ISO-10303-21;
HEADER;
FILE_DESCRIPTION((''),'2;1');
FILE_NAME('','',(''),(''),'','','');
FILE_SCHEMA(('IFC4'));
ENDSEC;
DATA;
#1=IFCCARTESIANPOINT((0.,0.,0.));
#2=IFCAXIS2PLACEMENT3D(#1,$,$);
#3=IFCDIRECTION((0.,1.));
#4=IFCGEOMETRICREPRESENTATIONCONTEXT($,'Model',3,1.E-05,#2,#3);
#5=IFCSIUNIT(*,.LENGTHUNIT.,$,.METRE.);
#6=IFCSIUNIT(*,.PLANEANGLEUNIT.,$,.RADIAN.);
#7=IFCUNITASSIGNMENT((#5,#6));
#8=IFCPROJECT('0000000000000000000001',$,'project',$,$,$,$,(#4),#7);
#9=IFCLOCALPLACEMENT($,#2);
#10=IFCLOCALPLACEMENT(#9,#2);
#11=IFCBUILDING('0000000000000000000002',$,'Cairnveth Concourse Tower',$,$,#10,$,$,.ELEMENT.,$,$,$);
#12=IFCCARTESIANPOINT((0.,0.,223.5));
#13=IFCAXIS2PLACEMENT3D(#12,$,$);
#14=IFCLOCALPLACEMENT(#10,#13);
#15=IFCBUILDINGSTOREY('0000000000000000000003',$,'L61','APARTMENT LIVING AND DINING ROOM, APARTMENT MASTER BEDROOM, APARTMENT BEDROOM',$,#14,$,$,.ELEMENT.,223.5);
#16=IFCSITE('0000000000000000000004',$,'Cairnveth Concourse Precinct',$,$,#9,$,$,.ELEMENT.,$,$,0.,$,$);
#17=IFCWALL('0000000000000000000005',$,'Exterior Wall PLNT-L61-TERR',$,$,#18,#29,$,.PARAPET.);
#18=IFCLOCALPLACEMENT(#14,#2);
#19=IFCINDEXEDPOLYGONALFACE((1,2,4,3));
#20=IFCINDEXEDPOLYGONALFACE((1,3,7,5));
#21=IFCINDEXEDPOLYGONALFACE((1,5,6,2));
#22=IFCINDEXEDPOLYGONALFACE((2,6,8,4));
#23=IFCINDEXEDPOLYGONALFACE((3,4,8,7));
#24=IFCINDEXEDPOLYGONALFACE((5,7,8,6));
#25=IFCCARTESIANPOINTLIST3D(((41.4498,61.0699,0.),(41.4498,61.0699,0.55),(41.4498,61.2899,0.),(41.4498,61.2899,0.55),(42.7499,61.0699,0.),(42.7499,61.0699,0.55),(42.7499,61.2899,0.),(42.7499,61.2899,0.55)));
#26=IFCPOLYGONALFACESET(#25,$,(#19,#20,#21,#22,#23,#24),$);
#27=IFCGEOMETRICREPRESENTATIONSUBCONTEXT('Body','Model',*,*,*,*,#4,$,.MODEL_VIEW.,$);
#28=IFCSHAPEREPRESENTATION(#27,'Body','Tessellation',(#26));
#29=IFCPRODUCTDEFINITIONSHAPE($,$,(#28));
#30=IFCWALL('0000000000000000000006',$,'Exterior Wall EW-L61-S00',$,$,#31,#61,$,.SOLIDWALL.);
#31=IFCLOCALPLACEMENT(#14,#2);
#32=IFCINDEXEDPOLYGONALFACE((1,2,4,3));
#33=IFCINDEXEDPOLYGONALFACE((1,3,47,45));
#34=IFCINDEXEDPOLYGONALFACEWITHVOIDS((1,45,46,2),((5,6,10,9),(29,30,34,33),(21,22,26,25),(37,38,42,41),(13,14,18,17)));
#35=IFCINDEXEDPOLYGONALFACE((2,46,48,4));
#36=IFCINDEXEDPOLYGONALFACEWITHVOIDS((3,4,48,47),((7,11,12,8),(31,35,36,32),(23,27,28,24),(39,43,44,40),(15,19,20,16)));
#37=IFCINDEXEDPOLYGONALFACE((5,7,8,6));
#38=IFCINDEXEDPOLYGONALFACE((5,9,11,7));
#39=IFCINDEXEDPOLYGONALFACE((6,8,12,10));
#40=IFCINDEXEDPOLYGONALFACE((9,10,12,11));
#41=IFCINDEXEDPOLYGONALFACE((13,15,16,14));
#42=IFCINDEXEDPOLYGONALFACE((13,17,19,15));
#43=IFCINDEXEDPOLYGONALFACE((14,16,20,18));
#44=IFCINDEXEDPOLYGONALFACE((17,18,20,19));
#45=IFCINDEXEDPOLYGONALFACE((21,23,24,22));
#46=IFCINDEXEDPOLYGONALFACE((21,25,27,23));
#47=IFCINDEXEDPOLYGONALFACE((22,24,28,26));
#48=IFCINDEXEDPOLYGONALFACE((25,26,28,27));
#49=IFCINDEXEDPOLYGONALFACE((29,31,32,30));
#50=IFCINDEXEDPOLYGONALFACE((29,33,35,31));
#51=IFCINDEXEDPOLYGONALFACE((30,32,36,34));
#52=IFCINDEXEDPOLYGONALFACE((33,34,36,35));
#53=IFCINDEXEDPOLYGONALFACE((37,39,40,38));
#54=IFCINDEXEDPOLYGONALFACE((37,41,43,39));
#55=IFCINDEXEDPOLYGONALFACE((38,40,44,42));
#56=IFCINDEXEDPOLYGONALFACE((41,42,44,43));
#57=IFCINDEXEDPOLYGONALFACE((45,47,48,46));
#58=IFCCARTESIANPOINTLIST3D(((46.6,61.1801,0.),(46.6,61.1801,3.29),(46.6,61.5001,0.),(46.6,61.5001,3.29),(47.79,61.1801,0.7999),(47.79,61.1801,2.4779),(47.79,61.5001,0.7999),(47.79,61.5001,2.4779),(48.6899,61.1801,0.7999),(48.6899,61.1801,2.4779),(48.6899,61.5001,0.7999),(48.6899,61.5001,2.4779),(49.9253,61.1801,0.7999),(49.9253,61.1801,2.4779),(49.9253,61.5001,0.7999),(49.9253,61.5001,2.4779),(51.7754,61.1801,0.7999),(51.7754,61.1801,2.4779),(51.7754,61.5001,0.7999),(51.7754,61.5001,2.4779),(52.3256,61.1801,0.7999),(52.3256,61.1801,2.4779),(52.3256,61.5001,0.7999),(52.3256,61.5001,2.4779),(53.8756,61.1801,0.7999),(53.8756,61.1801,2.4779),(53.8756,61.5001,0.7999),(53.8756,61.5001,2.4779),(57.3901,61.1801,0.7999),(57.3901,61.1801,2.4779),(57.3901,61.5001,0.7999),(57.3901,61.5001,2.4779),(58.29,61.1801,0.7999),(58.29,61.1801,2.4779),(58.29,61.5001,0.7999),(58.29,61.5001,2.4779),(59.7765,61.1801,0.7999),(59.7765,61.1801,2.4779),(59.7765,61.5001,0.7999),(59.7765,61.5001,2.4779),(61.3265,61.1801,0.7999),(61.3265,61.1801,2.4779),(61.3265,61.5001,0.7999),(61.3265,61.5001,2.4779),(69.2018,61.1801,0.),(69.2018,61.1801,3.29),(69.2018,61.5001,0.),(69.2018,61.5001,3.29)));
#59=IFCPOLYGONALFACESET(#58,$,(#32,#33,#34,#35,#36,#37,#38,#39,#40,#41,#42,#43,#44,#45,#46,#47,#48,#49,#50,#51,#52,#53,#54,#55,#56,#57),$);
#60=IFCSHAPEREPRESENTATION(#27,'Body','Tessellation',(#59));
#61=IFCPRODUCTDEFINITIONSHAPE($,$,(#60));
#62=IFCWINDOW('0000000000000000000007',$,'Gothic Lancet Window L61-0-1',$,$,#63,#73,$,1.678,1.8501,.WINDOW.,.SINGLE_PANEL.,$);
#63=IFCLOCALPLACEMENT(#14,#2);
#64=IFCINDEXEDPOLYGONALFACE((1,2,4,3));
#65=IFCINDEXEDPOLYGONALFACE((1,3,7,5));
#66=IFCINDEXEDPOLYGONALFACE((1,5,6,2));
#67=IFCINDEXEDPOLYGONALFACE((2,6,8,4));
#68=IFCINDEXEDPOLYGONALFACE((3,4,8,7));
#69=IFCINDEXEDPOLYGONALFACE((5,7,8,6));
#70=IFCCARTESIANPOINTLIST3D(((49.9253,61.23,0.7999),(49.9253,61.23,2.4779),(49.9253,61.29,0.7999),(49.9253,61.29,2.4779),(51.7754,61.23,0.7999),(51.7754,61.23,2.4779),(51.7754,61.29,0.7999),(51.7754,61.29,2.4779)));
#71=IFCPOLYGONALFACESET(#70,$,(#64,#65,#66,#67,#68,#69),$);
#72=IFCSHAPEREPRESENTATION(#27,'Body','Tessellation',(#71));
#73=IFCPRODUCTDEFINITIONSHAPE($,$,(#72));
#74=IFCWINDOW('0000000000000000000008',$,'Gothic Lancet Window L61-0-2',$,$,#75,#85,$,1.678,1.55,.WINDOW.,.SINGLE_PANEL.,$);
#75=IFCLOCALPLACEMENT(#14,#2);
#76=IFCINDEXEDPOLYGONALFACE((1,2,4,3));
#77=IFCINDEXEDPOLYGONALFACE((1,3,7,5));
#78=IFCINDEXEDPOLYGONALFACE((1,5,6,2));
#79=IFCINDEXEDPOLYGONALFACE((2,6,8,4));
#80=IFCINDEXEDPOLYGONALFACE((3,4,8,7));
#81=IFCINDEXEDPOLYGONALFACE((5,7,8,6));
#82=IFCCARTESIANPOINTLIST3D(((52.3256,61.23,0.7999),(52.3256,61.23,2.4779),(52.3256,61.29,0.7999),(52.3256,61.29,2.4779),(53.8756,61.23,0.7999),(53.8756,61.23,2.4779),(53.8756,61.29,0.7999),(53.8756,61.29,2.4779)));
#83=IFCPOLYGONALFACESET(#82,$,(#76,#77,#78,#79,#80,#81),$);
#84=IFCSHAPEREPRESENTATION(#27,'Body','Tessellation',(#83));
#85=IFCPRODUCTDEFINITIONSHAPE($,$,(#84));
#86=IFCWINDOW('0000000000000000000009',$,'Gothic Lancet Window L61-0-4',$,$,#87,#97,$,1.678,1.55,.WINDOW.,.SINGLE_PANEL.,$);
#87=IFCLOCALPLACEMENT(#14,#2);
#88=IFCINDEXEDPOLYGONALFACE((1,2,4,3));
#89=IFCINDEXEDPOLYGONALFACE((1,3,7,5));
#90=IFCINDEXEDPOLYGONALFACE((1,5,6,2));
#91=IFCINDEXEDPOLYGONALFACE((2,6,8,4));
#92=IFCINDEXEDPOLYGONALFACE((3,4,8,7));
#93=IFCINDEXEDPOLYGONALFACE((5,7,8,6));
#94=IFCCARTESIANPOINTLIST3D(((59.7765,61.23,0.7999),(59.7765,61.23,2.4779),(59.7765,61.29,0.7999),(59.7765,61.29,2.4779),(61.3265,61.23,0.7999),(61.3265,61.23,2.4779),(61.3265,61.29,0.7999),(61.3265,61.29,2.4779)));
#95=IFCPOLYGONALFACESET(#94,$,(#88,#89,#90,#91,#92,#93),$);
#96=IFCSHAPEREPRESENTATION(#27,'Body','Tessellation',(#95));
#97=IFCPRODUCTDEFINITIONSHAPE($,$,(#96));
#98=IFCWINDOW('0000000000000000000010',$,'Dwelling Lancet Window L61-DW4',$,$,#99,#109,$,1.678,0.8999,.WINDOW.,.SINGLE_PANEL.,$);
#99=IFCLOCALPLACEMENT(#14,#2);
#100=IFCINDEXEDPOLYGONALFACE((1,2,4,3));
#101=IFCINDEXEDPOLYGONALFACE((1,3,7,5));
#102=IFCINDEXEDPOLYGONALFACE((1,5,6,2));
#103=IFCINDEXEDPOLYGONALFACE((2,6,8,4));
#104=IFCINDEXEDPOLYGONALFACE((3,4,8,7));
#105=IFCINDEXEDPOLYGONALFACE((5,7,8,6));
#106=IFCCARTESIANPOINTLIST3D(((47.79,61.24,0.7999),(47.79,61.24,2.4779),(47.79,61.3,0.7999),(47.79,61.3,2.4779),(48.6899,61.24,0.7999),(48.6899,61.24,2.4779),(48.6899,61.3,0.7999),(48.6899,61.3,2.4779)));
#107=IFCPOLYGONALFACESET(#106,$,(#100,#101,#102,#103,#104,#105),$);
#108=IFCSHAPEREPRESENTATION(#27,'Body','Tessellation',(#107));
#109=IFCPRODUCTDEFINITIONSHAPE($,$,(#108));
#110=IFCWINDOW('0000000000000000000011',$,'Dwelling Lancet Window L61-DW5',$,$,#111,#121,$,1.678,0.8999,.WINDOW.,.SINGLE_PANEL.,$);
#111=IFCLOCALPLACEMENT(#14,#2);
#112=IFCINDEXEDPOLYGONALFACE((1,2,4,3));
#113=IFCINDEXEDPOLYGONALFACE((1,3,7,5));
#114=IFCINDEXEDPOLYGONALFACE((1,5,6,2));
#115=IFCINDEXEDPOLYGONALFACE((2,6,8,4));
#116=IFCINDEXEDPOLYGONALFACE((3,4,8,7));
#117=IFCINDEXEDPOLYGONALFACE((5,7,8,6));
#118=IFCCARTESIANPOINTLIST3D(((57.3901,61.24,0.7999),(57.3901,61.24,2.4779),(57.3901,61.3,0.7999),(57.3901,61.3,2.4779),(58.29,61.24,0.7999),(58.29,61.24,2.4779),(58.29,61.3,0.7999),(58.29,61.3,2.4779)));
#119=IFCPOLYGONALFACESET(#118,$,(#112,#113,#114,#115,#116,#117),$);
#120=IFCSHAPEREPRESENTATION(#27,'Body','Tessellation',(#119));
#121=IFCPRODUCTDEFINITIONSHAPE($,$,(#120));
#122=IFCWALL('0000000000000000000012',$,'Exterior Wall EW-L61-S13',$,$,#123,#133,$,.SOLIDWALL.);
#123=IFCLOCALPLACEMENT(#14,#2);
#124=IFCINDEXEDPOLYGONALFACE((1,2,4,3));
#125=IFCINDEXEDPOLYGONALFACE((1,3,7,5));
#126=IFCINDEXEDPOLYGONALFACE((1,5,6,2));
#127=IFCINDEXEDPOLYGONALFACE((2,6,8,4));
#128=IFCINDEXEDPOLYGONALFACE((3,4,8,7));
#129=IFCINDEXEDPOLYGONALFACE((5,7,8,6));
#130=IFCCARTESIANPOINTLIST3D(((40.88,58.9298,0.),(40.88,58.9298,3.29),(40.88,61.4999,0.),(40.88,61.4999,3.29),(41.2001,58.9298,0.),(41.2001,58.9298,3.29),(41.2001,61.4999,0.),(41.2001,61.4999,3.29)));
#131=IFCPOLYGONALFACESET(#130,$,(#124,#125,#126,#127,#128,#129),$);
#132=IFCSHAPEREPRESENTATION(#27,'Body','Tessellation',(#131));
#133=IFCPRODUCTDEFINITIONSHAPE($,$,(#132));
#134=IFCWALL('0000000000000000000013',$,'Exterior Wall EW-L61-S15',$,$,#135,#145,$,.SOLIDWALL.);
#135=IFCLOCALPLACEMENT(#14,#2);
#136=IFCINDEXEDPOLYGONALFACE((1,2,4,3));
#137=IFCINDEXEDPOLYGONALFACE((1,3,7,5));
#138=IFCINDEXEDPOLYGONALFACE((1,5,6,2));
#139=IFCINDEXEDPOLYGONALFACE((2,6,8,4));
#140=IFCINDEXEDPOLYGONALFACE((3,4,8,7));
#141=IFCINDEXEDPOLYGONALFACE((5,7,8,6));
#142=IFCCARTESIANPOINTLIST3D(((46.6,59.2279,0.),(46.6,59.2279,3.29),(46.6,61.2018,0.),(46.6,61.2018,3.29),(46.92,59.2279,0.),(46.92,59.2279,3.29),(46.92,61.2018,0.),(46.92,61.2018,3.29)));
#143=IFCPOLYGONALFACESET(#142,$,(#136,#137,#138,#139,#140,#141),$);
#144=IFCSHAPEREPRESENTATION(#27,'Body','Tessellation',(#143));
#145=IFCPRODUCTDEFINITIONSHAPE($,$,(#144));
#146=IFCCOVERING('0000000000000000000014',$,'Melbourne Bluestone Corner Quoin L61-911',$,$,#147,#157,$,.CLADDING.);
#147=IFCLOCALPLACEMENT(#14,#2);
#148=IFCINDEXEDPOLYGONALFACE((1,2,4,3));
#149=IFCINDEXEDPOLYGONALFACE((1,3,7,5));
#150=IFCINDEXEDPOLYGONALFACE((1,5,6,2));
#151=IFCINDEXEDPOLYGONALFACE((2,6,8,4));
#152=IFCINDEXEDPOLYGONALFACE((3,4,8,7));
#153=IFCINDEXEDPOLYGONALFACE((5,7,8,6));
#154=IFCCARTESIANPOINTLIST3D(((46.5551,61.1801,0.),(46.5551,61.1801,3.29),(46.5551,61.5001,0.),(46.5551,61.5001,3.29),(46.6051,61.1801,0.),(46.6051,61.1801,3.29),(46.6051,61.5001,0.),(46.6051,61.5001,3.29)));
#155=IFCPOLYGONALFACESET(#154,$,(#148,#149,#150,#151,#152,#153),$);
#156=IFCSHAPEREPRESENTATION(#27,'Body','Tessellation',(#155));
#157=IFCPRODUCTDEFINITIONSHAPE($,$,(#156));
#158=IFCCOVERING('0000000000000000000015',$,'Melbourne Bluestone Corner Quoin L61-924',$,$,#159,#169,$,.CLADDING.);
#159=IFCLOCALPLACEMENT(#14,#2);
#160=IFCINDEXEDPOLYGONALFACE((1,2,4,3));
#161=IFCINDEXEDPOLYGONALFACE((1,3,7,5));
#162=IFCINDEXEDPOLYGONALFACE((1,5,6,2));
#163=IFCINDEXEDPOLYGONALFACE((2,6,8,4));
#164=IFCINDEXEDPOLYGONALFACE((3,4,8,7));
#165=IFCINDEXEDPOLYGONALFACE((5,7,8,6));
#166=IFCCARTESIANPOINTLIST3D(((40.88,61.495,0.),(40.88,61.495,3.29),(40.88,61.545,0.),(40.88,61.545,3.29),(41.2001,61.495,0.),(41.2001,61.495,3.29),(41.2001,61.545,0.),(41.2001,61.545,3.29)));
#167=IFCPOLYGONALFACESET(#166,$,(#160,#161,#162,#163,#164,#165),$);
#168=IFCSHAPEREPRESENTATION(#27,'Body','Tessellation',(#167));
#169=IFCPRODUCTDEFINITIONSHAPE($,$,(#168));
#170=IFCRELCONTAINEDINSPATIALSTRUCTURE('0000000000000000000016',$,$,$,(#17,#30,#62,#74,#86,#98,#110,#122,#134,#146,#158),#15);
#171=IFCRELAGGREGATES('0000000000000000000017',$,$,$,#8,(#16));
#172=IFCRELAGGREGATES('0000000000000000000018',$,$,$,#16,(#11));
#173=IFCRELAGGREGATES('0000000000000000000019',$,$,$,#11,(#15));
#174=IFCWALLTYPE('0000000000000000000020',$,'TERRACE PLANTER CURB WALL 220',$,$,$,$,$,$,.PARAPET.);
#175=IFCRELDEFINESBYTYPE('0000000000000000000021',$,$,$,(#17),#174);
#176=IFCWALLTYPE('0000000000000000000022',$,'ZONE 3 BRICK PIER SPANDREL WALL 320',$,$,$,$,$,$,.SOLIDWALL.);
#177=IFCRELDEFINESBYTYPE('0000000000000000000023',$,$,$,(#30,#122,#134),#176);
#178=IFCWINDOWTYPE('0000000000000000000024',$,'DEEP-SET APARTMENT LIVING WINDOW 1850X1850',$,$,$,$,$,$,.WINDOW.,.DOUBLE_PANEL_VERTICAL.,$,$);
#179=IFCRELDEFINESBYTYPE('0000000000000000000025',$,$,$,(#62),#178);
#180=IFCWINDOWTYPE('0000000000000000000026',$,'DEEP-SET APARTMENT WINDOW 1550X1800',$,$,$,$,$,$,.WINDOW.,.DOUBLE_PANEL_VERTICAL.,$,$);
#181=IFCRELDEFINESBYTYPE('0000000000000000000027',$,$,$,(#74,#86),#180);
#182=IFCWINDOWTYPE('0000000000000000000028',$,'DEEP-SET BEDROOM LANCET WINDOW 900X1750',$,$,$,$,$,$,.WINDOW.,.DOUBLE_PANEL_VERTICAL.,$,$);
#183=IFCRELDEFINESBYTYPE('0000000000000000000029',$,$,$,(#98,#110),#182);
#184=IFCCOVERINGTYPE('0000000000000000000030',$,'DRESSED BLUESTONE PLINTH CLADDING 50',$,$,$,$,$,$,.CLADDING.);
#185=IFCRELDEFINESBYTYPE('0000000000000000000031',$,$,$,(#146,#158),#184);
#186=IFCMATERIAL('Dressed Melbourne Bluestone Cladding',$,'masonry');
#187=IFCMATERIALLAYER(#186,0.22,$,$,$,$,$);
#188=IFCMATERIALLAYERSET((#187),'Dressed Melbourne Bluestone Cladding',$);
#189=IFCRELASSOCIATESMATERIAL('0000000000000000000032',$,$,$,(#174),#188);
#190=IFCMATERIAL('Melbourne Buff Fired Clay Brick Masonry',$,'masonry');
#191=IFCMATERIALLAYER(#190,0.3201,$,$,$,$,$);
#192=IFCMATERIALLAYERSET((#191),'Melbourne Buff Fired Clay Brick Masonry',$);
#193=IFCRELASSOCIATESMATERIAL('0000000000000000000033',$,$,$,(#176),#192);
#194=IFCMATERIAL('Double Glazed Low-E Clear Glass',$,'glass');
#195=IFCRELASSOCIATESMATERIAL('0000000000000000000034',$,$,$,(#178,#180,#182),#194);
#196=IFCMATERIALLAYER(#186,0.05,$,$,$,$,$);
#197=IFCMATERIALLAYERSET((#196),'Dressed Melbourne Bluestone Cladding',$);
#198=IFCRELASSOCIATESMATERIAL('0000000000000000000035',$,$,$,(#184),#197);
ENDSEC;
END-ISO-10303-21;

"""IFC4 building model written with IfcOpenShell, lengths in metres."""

from ifc_helpers import new_model, si_unit, direction, frame, frame_2d, origin, place, context, subcontext, project, spatial, rectangle, extrude, material, layer, layer_set, type_object, element, fill, save


model = new_model("IFC4")

# Units and contexts
model_context = context("Model", 3, precision=1e-05, world=origin(), true_north=direction((0.0, 1.0)))
body_context = subcontext(model_context, "Body", "Model", "MODEL_VIEW")
ifc_project = project(units=[si_unit("LENGTHUNIT", "METRE"), si_unit("PLANEANGLEUNIT", "RADIAN")], contexts=[model_context])

# Site, building, storey
site_placement = place(None, origin())
site = spatial("IfcSite", under=ifc_project, at=site_placement, Name="Cairnveth Concourse Precinct", CompositionType="ELEMENT", RefElevation=0.0)
building_placement = place(site_placement, origin())
building = spatial("IfcBuilding", under=site, at=building_placement, Name="Cairnveth Concourse Tower", CompositionType="ELEMENT")
storey_placement = place(building_placement, frame((0.0, 0.0, 223.5)))
storey = spatial("IfcBuildingStorey", under=building, at=storey_placement, Name="L61", Description="APARTMENT LIVING AND DINING ROOM, APARTMENT MASTER BEDROOM, APARTMENT BEDROOM", CompositionType="ELEMENT", Elevation=223.5)

# Wall
ifc_material_1 = material(Name="Dressed Melbourne Bluestone Cladding", Category="masonry")
ifc_layer_1 = layer(ifc_material_1, 0.22)
ifc_layer_set_1 = layer_set([ifc_layer_1], Name="Dressed Melbourne Bluestone Cladding")
wall_type_1 = type_object("IfcWallType", Name="TERRACE PLANTER CURB WALL 220", PredefinedType="PARAPET", material=ifc_layer_set_1)
wall_1_placement = place(storey_placement, frame((41.45, 61.1799, 0.0), z_axis=(0.0, 0.0, 1.0), x_axis=(1.0, 0.0, 0.0)))
element("IfcWall", 1, at=wall_1_placement, inside=storey, type_object=wall_type_1, Name="Exterior Wall PLNT-L61-TERR", PredefinedType="PARAPET", context=body_context, shape_type="SweptSolid", body=[
    extrude(rectangle(XDim=1.3, YDim=0.22, at=frame_2d((0.6499, 0.0))), origin(), (0.0, 0.0, 1.0), 0.55),
])

# Wall, openings, windows
ifc_material_2 = material(Name="Melbourne Buff Fired Clay Brick Masonry", Category="masonry")
ifc_layer_2 = layer(ifc_material_2, 0.3201)
ifc_layer_set_2 = layer_set([ifc_layer_2], Name="Melbourne Buff Fired Clay Brick Masonry")
wall_type_2 = type_object("IfcWallType", Name="ZONE 3 BRICK PIER SPANDREL WALL 320", PredefinedType="SOLIDWALL", material=ifc_layer_set_2)
wall_2_placement = place(storey_placement, frame((46.6001, 61.3401, 0.0), z_axis=(0.0, 0.0, 1.0), x_axis=(1.0, 0.0, 0.0)))
wall_2 = element("IfcWall", 2, at=wall_2_placement, inside=storey, type_object=wall_type_2, Name="Exterior Wall EW-L61-S00", PredefinedType="SOLIDWALL", context=body_context, shape_type="SweptSolid", body=[
    extrude(rectangle(XDim=22.6018, YDim=0.3201, at=frame_2d((11.3008, 0.0))), origin(), (0.0, 0.0, 1.0), 3.29),
])
opening_1_placement = place(wall_2_placement, frame((3.3252, 0.0, 0.8)))
opening_1 = element("IfcOpeningElement", 3, at=opening_1_placement, cuts=wall_2, PredefinedType="OPENING", context=body_context, shape_type="SweptSolid", body=[
    extrude(rectangle(XDim=1.8501, YDim=1.678, at=frame_2d((0.925, 0.8389))), frame((0.0, 0.1699, 0.0), z_axis=(0.0, -1.0, 0.0), x_axis=(1.0, 0.0, 0.0)), (0.0, 0.0, 1.0), 0.3401),
])
opening_2_placement = place(wall_2_placement, frame((5.7256, 0.0, 0.8)))
opening_2 = element("IfcOpeningElement", 4, at=opening_2_placement, cuts=wall_2, PredefinedType="OPENING", context=body_context, shape_type="SweptSolid", body=[
    extrude(rectangle(XDim=1.55, YDim=1.678, at=frame_2d((0.7749, 0.8389))), frame((0.0, 0.1699, 0.0), z_axis=(0.0, -1.0, 0.0), x_axis=(1.0, 0.0, 0.0)), (0.0, 0.0, 1.0), 0.3401),
])
opening_3_placement = place(wall_2_placement, frame((13.1765, 0.0, 0.8)))
opening_3 = element("IfcOpeningElement", 5, at=opening_3_placement, cuts=wall_2, PredefinedType="OPENING", context=body_context, shape_type="SweptSolid", body=[
    extrude(rectangle(XDim=1.55, YDim=1.678, at=frame_2d((0.7749, 0.8389))), frame((0.0, 0.1699, 0.0), z_axis=(0.0, -1.0, 0.0), x_axis=(1.0, 0.0, 0.0)), (0.0, 0.0, 1.0), 0.3401),
])
opening_4_placement = place(wall_2_placement, frame((1.1899, 0.0, 0.8)))
opening_4 = element("IfcOpeningElement", 6, at=opening_4_placement, cuts=wall_2, PredefinedType="OPENING", context=body_context, shape_type="SweptSolid", body=[
    extrude(rectangle(XDim=0.8999, YDim=1.678, at=frame_2d((0.45, 0.8389))), frame((0.0, 0.1699, 0.0), z_axis=(0.0, -1.0, 0.0), x_axis=(1.0, 0.0, 0.0)), (0.0, 0.0, 1.0), 0.3401),
])
opening_5_placement = place(wall_2_placement, frame((10.79, 0.0, 0.8)))
opening_5 = element("IfcOpeningElement", 7, at=opening_5_placement, cuts=wall_2, PredefinedType="OPENING", context=body_context, shape_type="SweptSolid", body=[
    extrude(rectangle(XDim=0.8999, YDim=1.678, at=frame_2d((0.45, 0.8389))), frame((0.0, 0.1699, 0.0), z_axis=(0.0, -1.0, 0.0), x_axis=(1.0, 0.0, 0.0)), (0.0, 0.0, 1.0), 0.3401),
])
ifc_material_3 = material(Name="Double Glazed Low-E Clear Glass", Category="glass")
window_type_1 = type_object("IfcWindowType", Name="DEEP-SET APARTMENT LIVING WINDOW 1850X1850", PartitioningType="DOUBLE_PANEL_VERTICAL", PredefinedType="WINDOW", material=ifc_material_3)
window_1_placement = place(opening_1_placement, origin())
window_1 = element("IfcWindow", 8, at=window_1_placement, inside=storey, type_object=window_type_1, Name="Gothic Lancet Window L61-0-1", OverallHeight=1.678, OverallWidth=1.8501, PartitioningType="SINGLE_PANEL", PredefinedType="WINDOW", context=body_context, shape_type="SweptSolid", body=[
    extrude(rectangle(XDim=1.8501, YDim=1.678, at=frame_2d((0.925, 0.8389))), frame((0.0, -0.05, 0.0), z_axis=(0.0, -1.0, 0.0), x_axis=(1.0, 0.0, 0.0)), (0.0, 0.0, 1.0), 0.0601),
])
fill(opening_1, window_1)
window_type_2 = type_object("IfcWindowType", Name="DEEP-SET APARTMENT WINDOW 1550X1800", PartitioningType="DOUBLE_PANEL_VERTICAL", PredefinedType="WINDOW", material=ifc_material_3)
window_2_placement = place(opening_2_placement, origin())
window_2 = element("IfcWindow", 9, at=window_2_placement, inside=storey, type_object=window_type_2, Name="Gothic Lancet Window L61-0-2", OverallHeight=1.678, OverallWidth=1.55, PartitioningType="SINGLE_PANEL", PredefinedType="WINDOW", context=body_context, shape_type="SweptSolid", body=[
    extrude(rectangle(XDim=1.55, YDim=1.678, at=frame_2d((0.7749, 0.8389))), frame((0.0, -0.05, 0.0), z_axis=(0.0, -1.0, 0.0), x_axis=(1.0, 0.0, 0.0)), (0.0, 0.0, 1.0), 0.0601),
])
fill(opening_2, window_2)
window_3_placement = place(opening_3_placement, origin())
window_3 = element("IfcWindow", 10, at=window_3_placement, inside=storey, type_object=window_type_2, Name="Gothic Lancet Window L61-0-4", OverallHeight=1.678, OverallWidth=1.55, PartitioningType="SINGLE_PANEL", PredefinedType="WINDOW", context=body_context, shape_type="SweptSolid", body=[
    extrude(rectangle(XDim=1.55, YDim=1.678, at=frame_2d((0.7749, 0.8389))), frame((0.0, -0.05, 0.0), z_axis=(0.0, -1.0, 0.0), x_axis=(1.0, 0.0, 0.0)), (0.0, 0.0, 1.0), 0.0601),
])
fill(opening_3, window_3)
window_type_3 = type_object("IfcWindowType", Name="DEEP-SET BEDROOM LANCET WINDOW 900X1750", PartitioningType="DOUBLE_PANEL_VERTICAL", PredefinedType="WINDOW", material=ifc_material_3)
window_4_placement = place(opening_4_placement, origin())
window_4 = element("IfcWindow", 11, at=window_4_placement, inside=storey, type_object=window_type_3, Name="Dwelling Lancet Window L61-DW4", OverallHeight=1.678, OverallWidth=0.8999, PartitioningType="SINGLE_PANEL", PredefinedType="WINDOW", context=body_context, shape_type="SweptSolid", body=[
    extrude(rectangle(XDim=0.8999, YDim=1.678, at=frame_2d((0.45, 0.8389))), frame((0.0, -0.04, 0.0), z_axis=(0.0, -1.0, 0.0), x_axis=(1.0, 0.0, 0.0)), (0.0, 0.0, 1.0), 0.0601),
])
fill(opening_4, window_4)
window_5_placement = place(opening_5_placement, origin())
window_5 = element("IfcWindow", 12, at=window_5_placement, inside=storey, type_object=window_type_3, Name="Dwelling Lancet Window L61-DW5", OverallHeight=1.678, OverallWidth=0.8999, PartitioningType="SINGLE_PANEL", PredefinedType="WINDOW", context=body_context, shape_type="SweptSolid", body=[
    extrude(rectangle(XDim=0.8999, YDim=1.678, at=frame_2d((0.45, 0.8389))), frame((0.0, -0.04, 0.0), z_axis=(0.0, -1.0, 0.0), x_axis=(1.0, 0.0, 0.0)), (0.0, 0.0, 1.0), 0.0601),
])
fill(opening_5, window_5)

# Wall
wall_3_placement = place(storey_placement, frame((41.04, 61.5, 0.0), z_axis=(0.0, 0.0, 1.0), x_axis=(0.0, -1.0, 0.0)))
element("IfcWall", 13, at=wall_3_placement, inside=storey, type_object=wall_type_2, Name="Exterior Wall EW-L61-S13", PredefinedType="SOLIDWALL", context=body_context, shape_type="SweptSolid", body=[
    extrude(rectangle(XDim=2.5701, YDim=0.3201, at=frame_2d((1.2852, 0.0))), origin(), (0.0, 0.0, 1.0), 3.29),
])

# Wall
wall_4_placement = place(storey_placement, frame((46.76, 59.228, 0.0), z_axis=(0.0, 0.0, 1.0), x_axis=(0.0, 1.0, 0.0)))
element("IfcWall", 14, at=wall_4_placement, inside=storey, type_object=wall_type_2, Name="Exterior Wall EW-L61-S15", PredefinedType="SOLIDWALL", context=body_context, shape_type="SweptSolid", body=[
    extrude(rectangle(XDim=1.9739, YDim=0.3201, at=frame_2d((0.9868, 0.0))), origin(), (0.0, 0.0, 1.0), 3.29),
])

# Coverings
ifc_layer_3 = layer(ifc_material_1, 0.05)
ifc_layer_set_3 = layer_set([ifc_layer_3], Name="Dressed Melbourne Bluestone Cladding")
covering_type = type_object("IfcCoveringType", Name="DRESSED BLUESTONE PLINTH CLADDING 50", PredefinedType="CLADDING", material=ifc_layer_set_3)
for number, where, z_axis, x_axis, name in (
    (15, (46.5801, 61.1799, 0.0), (0.0, 0.0, 1.0), (0.0, 1.0, 0.0), "Melbourne Bluestone Corner Quoin L61-911"),
    (16, (40.8799, 61.52, 0.0), (0.0, 0.0, 1.0), (1.0, 0.0, 0.0), "Melbourne Bluestone Corner Quoin L61-924"),
):
    element("IfcCovering", number, at=place(storey_placement, frame(where, z_axis=z_axis, x_axis=x_axis)), inside=storey, type_object=covering_type, Name=name, PredefinedType="CLADDING", context=body_context, shape_type="SweptSolid", body=[
        extrude(rectangle(XDim=0.3201, YDim=0.05, at=frame_2d((0.1602, 0.0))), origin(), (0.0, 0.0, 1.0), 3.29),
    ])

save(model, "model.ifc")
